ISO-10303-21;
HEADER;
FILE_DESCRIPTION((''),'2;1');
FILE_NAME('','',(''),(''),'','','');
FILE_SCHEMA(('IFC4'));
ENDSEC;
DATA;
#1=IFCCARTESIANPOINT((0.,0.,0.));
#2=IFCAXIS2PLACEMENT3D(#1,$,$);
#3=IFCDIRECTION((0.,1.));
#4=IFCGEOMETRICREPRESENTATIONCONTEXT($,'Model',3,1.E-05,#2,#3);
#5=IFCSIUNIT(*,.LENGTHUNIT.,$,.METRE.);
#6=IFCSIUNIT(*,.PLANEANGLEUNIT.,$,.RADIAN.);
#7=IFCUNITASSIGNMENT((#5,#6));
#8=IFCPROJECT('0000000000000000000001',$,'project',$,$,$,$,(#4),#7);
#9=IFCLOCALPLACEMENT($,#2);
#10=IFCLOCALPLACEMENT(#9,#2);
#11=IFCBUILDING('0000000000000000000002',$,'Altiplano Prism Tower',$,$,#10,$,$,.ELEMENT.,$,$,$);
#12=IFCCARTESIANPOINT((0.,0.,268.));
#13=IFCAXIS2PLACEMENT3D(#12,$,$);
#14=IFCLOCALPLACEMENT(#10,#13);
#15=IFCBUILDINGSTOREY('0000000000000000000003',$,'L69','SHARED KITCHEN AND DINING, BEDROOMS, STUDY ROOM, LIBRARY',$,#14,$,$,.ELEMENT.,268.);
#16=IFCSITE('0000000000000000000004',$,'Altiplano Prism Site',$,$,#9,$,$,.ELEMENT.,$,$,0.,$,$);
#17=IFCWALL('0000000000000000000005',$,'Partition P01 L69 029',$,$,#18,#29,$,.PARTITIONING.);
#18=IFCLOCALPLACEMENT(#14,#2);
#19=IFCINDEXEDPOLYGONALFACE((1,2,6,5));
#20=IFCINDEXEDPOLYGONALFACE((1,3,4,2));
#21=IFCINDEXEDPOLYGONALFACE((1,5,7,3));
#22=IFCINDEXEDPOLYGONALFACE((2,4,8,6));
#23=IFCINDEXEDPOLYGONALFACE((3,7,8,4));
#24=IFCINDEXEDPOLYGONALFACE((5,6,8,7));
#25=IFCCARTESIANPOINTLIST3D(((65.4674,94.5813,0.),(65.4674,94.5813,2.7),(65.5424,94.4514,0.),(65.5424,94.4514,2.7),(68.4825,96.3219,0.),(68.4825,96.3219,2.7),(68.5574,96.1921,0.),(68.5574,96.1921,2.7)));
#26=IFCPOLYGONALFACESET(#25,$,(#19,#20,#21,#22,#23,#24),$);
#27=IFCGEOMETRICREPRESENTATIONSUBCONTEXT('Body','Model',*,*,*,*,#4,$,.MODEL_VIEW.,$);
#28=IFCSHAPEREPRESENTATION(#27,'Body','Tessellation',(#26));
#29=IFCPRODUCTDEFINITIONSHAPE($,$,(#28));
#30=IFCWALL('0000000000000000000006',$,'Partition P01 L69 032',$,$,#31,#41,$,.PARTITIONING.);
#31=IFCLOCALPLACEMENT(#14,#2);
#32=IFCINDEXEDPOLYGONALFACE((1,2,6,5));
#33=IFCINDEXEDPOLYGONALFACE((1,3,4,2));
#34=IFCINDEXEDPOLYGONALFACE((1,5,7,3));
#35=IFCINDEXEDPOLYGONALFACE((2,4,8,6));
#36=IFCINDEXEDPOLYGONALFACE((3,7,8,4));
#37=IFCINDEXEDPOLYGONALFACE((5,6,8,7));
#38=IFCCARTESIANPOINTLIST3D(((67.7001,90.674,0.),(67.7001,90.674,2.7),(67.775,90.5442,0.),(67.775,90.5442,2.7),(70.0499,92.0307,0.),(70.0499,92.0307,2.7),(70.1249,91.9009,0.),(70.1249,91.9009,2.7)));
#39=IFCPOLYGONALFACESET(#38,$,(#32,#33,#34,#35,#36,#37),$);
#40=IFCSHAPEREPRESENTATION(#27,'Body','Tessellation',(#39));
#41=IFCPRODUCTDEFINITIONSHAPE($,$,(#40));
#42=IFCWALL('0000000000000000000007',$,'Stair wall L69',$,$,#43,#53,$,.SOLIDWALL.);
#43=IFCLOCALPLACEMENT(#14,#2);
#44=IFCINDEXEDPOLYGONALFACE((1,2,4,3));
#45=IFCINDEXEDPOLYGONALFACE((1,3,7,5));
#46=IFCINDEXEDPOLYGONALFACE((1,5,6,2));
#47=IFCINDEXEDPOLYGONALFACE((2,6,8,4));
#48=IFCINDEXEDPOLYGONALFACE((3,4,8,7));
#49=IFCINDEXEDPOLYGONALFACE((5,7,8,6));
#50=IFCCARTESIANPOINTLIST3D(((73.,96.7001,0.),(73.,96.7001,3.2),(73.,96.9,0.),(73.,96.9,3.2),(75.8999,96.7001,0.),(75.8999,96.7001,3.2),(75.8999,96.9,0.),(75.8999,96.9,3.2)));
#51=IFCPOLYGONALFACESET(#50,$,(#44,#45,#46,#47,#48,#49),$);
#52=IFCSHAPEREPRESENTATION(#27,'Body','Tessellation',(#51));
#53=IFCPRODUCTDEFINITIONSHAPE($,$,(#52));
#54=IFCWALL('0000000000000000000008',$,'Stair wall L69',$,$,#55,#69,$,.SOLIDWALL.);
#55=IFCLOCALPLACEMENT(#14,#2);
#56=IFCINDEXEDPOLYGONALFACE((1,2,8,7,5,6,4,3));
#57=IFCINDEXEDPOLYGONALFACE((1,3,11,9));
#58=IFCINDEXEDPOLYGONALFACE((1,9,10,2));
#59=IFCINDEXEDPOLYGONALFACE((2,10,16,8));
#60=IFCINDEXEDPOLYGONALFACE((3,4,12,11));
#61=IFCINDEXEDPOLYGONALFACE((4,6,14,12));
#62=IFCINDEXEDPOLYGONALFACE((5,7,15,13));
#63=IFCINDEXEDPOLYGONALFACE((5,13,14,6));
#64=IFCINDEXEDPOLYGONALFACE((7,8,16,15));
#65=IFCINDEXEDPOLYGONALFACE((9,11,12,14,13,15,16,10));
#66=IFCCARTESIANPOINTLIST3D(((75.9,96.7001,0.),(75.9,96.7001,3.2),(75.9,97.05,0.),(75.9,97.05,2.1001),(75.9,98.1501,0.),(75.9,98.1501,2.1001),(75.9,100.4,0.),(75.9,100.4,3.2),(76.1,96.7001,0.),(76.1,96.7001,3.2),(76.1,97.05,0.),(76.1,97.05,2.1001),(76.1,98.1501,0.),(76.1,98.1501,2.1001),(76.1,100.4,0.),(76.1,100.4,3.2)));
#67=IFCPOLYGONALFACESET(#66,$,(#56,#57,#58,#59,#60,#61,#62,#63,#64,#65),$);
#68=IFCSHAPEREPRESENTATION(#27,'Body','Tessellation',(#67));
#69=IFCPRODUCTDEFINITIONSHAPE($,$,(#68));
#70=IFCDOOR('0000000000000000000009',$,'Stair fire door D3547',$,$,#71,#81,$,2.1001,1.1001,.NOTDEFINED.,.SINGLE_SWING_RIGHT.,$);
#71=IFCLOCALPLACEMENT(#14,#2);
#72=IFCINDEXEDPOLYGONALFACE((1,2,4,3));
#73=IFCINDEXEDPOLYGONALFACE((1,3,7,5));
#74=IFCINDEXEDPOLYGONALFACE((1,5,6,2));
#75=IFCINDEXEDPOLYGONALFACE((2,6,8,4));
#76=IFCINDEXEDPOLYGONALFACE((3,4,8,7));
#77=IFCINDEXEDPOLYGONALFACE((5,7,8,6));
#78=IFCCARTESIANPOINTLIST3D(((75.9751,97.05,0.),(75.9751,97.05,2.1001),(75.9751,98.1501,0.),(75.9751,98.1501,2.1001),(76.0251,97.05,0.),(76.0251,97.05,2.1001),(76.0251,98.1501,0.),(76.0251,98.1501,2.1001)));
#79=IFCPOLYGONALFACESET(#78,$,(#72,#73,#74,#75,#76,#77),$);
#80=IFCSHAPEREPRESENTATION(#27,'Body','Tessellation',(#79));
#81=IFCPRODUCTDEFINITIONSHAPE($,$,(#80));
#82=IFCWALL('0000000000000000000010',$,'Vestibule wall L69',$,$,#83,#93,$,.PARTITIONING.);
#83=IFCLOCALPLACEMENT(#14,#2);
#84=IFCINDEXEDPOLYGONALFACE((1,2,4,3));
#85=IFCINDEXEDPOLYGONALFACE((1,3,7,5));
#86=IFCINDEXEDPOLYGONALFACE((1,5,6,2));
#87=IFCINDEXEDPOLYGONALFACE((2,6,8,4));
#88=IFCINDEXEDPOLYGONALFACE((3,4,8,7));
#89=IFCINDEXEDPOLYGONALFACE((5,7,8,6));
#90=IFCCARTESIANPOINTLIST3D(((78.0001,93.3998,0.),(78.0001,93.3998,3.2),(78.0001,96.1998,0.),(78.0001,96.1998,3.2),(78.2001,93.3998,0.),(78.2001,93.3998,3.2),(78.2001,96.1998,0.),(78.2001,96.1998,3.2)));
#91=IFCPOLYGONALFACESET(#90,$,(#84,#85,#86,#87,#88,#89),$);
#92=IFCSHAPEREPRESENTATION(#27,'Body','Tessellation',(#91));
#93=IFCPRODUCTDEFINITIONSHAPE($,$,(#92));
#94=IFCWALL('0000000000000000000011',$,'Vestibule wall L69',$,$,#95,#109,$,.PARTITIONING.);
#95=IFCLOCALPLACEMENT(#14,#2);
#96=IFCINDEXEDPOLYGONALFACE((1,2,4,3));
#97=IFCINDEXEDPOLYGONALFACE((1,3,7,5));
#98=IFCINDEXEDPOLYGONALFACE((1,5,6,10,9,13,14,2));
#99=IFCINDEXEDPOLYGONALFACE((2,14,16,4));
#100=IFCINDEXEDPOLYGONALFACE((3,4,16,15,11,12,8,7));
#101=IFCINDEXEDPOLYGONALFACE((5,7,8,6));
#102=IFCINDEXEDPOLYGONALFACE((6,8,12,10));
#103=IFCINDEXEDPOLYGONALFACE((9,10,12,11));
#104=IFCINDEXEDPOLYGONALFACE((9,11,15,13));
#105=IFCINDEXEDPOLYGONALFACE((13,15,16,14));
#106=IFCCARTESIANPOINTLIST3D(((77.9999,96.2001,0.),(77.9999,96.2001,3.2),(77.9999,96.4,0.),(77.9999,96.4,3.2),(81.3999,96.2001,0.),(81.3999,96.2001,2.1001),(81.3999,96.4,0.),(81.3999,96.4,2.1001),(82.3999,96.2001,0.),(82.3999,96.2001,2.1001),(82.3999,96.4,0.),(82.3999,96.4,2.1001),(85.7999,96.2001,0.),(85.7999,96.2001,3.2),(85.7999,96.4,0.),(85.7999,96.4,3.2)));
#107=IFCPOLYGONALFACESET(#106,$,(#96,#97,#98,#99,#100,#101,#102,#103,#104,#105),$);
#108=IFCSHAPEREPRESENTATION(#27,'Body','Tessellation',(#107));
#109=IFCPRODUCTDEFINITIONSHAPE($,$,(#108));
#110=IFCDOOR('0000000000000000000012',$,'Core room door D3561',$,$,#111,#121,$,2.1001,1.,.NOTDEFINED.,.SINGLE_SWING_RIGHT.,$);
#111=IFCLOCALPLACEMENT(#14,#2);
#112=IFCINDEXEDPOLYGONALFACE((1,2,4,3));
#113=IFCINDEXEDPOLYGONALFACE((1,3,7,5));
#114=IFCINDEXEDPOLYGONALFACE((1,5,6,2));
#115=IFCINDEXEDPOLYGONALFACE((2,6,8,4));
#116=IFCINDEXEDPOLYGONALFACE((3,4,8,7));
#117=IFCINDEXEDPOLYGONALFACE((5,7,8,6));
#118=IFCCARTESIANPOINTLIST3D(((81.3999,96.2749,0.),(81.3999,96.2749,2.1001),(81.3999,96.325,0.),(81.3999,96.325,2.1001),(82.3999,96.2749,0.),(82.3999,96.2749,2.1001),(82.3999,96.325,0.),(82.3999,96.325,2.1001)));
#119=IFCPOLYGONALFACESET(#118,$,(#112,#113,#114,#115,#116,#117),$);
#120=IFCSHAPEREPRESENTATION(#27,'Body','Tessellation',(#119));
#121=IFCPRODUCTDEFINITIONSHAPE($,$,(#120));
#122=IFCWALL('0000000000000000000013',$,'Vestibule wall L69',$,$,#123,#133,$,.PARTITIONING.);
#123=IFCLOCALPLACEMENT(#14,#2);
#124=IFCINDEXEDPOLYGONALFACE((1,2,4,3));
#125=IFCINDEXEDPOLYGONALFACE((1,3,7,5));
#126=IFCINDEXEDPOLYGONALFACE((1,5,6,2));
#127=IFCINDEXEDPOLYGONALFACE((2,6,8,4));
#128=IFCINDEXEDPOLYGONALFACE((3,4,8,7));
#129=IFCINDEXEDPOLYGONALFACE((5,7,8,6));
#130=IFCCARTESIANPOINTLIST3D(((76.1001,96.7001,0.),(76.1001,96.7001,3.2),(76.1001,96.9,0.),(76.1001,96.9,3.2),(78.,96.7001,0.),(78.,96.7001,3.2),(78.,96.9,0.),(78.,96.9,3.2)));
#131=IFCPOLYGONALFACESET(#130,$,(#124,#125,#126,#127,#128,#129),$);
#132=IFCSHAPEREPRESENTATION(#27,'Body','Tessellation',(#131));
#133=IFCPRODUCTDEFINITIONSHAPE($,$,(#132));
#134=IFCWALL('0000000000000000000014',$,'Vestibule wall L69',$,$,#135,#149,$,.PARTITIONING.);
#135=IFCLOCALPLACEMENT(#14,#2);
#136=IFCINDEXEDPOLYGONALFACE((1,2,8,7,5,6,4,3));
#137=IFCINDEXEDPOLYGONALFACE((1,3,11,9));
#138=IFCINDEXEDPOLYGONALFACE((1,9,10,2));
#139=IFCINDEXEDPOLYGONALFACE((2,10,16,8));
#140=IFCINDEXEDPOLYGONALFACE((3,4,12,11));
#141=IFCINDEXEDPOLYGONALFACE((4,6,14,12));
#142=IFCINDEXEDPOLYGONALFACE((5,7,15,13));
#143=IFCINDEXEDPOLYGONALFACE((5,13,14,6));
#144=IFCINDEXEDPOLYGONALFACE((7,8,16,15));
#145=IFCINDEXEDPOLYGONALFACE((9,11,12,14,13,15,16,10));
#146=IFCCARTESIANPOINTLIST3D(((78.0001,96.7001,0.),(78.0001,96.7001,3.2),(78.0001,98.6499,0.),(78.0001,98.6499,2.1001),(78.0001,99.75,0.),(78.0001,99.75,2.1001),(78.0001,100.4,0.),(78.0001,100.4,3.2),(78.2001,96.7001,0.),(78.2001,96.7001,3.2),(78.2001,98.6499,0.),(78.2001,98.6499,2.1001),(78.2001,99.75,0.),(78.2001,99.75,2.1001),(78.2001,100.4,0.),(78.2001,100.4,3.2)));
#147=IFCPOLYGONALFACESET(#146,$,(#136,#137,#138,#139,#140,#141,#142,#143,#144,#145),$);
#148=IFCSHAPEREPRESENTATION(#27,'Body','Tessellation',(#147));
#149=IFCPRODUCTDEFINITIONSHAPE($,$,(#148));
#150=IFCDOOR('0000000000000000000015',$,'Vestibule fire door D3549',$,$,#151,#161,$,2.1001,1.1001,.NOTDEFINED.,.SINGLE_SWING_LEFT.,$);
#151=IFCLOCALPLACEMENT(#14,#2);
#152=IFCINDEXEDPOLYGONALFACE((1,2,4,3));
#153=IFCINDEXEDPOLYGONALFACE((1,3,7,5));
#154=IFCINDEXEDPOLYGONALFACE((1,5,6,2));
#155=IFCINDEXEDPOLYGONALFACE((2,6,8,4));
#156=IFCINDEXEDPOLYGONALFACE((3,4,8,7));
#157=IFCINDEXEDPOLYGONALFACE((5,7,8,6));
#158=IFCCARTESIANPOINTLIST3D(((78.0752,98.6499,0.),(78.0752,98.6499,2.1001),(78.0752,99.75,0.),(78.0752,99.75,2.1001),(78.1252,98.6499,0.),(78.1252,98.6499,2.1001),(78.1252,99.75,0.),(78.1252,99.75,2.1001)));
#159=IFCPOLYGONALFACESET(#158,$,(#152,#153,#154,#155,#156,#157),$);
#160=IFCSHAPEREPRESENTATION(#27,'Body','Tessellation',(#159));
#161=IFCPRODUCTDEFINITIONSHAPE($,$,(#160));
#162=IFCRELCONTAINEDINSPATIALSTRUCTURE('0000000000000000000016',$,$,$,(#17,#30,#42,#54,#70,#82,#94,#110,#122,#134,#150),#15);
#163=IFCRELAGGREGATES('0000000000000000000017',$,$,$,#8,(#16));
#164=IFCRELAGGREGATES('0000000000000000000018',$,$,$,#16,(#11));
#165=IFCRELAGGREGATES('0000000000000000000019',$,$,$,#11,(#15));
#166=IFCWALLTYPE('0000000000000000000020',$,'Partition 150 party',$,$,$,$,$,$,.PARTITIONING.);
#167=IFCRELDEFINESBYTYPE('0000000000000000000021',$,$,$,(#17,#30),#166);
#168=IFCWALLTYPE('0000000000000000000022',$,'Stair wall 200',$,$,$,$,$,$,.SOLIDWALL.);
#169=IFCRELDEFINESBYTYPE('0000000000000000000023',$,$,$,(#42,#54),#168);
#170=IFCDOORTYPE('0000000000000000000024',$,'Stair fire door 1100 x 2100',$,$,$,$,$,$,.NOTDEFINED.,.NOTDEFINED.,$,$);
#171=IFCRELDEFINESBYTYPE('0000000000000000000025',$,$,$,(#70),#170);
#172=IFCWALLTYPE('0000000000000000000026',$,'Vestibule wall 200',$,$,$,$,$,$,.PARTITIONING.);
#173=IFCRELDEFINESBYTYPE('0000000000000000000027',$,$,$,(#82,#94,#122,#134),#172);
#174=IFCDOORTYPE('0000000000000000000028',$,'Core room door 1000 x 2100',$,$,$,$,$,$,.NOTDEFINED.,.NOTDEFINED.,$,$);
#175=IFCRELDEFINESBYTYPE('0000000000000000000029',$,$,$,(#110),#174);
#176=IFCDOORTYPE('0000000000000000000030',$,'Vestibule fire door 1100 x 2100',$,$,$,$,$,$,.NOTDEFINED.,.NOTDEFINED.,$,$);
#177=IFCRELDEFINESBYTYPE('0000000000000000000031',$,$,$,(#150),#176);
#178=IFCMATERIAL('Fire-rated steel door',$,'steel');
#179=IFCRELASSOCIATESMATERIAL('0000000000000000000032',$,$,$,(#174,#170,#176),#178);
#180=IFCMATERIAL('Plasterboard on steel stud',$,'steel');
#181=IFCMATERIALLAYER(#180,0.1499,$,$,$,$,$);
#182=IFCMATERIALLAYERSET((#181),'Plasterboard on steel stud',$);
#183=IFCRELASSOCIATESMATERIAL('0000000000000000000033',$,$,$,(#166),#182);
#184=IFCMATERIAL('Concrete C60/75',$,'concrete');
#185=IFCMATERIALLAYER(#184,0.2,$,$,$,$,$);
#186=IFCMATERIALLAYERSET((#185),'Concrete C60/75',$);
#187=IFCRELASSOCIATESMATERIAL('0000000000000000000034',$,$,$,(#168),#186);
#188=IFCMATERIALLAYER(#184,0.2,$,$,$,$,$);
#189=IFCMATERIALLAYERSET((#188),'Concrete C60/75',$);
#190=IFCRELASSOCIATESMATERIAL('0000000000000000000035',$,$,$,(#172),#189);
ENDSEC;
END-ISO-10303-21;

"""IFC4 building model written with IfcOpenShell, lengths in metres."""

from ifc_helpers import new_model, si_unit, direction, frame, frame_2d, origin, place, context, subcontext, project, spatial, rectangle, extrude, material, layer, layer_set, type_object, element, fill, save


model = new_model("IFC4")

# Units and contexts
model_context = context("Model", 3, precision=1e-05, world=origin(), true_north=direction((0.0, 1.0)))
body_context = subcontext(model_context, "Body", "Model", "MODEL_VIEW")
ifc_project = project(units=[si_unit("LENGTHUNIT", "METRE"), si_unit("PLANEANGLEUNIT", "RADIAN")], contexts=[model_context])

# Site, building, storey
site_placement = place(None, origin())
site = spatial("IfcSite", under=ifc_project, at=site_placement, Name="Altiplano Prism Site", CompositionType="ELEMENT", RefElevation=0.0)
building_placement = place(site_placement, origin())
building = spatial("IfcBuilding", under=site, at=building_placement, Name="Altiplano Prism Tower", CompositionType="ELEMENT")
storey_placement = place(building_placement, frame((0.0, 0.0, 268.0)))
storey = spatial("IfcBuildingStorey", under=building, at=storey_placement, Name="L69", Description="SHARED KITCHEN AND DINING, BEDROOMS, STUDY ROOM, LIBRARY", CompositionType="ELEMENT", Elevation=268.0)

# Shared definitions
ifc_material_1 = material(Name="Concrete C60/75", Category="concrete")

# Shared definitions
ifc_material_2 = material(Name="Fire-rated steel door", Category="steel")
door_type_1 = type_object("IfcDoorType", Name="Core room door 1000 x 2100", OperationType="NOTDEFINED", PredefinedType="NOTDEFINED", material=ifc_material_2)

# Walls
ifc_material_3 = material(Name="Plasterboard on steel stud", Category="steel")
ifc_layer_1 = layer(ifc_material_3, 0.1499)
ifc_layer_set_1 = layer_set([ifc_layer_1], Name="Plasterboard on steel stud")
wall_type_1 = type_object("IfcWallType", Name="Partition 150 party", PredefinedType="PARTITIONING", material=ifc_layer_set_1)
wall_1_placement = place(storey_placement, frame((65.5049, 94.5164, 0.0), z_axis=(0.0, 0.0, 1.0), x_axis=(0.866034, 0.499985, 0.0)))
element("IfcWall", 1, at=wall_1_placement, inside=storey, type_object=wall_type_1, Name="Partition P01 L69 029", PredefinedType="PARTITIONING", context=body_context, shape_type="SweptSolid", body=[
    extrude(rectangle(XDim=3.4814, YDim=0.1499, at=frame_2d((1.7407, 0.0))), origin(), (0.0, 0.0, 1.0), 2.7),
])
wall_2_placement = place(storey_placement, frame((67.7375, 90.6091, 0.0), z_axis=(0.0, 0.0, 1.0), x_axis=(0.866025, 0.5, 0.0)))
element("IfcWall", 2, at=wall_2_placement, inside=storey, type_object=wall_type_1, Name="Partition P01 L69 032", PredefinedType="PARTITIONING", context=body_context, shape_type="SweptSolid", body=[
    extrude(rectangle(XDim=2.7134, YDim=0.1499, at=frame_2d((1.3567, 0.0))), origin(), (0.0, 0.0, 1.0), 2.7),
])
ifc_layer_2 = layer(ifc_material_1, 0.2)
ifc_layer_set_2 = layer_set([ifc_layer_2], Name="Concrete C60/75")
wall_type_2 = type_object("IfcWallType", Name="Stair wall 200", PredefinedType="SOLIDWALL", material=ifc_layer_set_2)
wall_3_placement = place(storey_placement, frame((73.0, 96.8, 0.0), z_axis=(0.0, 0.0, 1.0), x_axis=(1.0, 0.0, 0.0)))
element("IfcWall", 3, at=wall_3_placement, inside=storey, type_object=wall_type_2, Name="Stair wall L69", PredefinedType="SOLIDWALL", context=body_context, shape_type="SweptSolid", body=[
    extrude(rectangle(XDim=2.8999, YDim=0.2, at=frame_2d((1.45, 0.0))), origin(), (0.0, 0.0, 1.0), 3.2),
])

# Wall, opening, door
wall_4_placement = place(storey_placement, frame((76.0, 96.7, 0.0), z_axis=(0.0, 0.0, 1.0), x_axis=(0.0, 1.0, 0.0)))
wall_4 = element("IfcWall", 4, at=wall_4_placement, inside=storey, type_object=wall_type_2, Name="Stair wall L69", PredefinedType="SOLIDWALL", context=body_context, shape_type="SweptSolid", body=[
    extrude(rectangle(XDim=3.7, YDim=0.2, at=frame_2d((1.8501, 0.0))), origin(), (0.0, 0.0, 1.0), 3.2),
])
opening_1_placement = place(wall_4_placement, frame((0.3501, 0.0, 0.0)))
opening_1 = element("IfcOpeningElement", 5, at=opening_1_placement, cuts=wall_4, PredefinedType="OPENING", context=body_context, shape_type="SweptSolid", body=[
    extrude(rectangle(XDim=1.1001, YDim=2.1001, at=frame_2d((0.55, 1.05))), frame((0.0, 0.1104, 0.0), z_axis=(0.0, -1.0, 0.0), x_axis=(1.0, 0.0, 0.0)), (0.0, 0.0, 1.0), 0.2209),
])
door_type_2 = type_object("IfcDoorType", Name="Stair fire door 1100 x 2100", OperationType="NOTDEFINED", PredefinedType="NOTDEFINED", material=ifc_material_2)
door_1_placement = place(opening_1_placement, origin())
door_1 = element("IfcDoor", 6, at=door_1_placement, inside=storey, type_object=door_type_2, Name="Stair fire door D3547", OperationType="SINGLE_SWING_RIGHT", OverallHeight=2.1001, OverallWidth=1.1001, PredefinedType="NOTDEFINED", context=body_context, shape_type="SweptSolid", body=[
    extrude(rectangle(XDim=1.1001, YDim=2.1001, at=frame_2d((0.55, 1.05))), frame((0.0, 0.0249, 0.0), z_axis=(0.0, -1.0, 0.0), x_axis=(1.0, 0.0, 0.0)), (0.0, 0.0, 1.0), 0.05),
])
fill(opening_1, door_1)

# Wall
ifc_layer_3 = layer(ifc_material_1, 0.2)
ifc_layer_set_3 = layer_set([ifc_layer_3], Name="Concrete C60/75")
wall_type_3 = type_object("IfcWallType", Name="Vestibule wall 200", PredefinedType="PARTITIONING", material=ifc_layer_set_3)
wall_5_placement = place(storey_placement, frame((78.1001, 93.3999, 0.0), z_axis=(0.0, 0.0, 1.0), x_axis=(0.0, 1.0, 0.0)))
element("IfcWall", 7, at=wall_5_placement, inside=storey, type_object=wall_type_3, Name="Vestibule wall L69", PredefinedType="PARTITIONING", context=body_context, shape_type="SweptSolid", body=[
    extrude(rectangle(XDim=2.8, YDim=0.2, at=frame_2d((1.3999, 0.0))), origin(), (0.0, 0.0, 1.0), 3.2),
])

# Wall, opening, door
wall_6_placement = place(storey_placement, frame((78.0, 96.3, 0.0), z_axis=(0.0, 0.0, 1.0), x_axis=(1.0, 0.0, 0.0)))
wall_6 = element("IfcWall", 8, at=wall_6_placement, inside=storey, type_object=wall_type_3, Name="Vestibule wall L69", PredefinedType="PARTITIONING", context=body_context, shape_type="SweptSolid", body=[
    extrude(rectangle(XDim=7.8, YDim=0.2, at=frame_2d((3.8999, 0.0))), origin(), (0.0, 0.0, 1.0), 3.2),
])
opening_2_placement = place(wall_6_placement, frame((3.3999, 0.0, 0.0)))
opening_2 = element("IfcOpeningElement", 9, at=opening_2_placement, cuts=wall_6, PredefinedType="OPENING", context=body_context, shape_type="SweptSolid", body=[
    extrude(rectangle(XDim=1.0, YDim=2.1001, at=frame_2d((0.5, 1.05))), frame((0.0, 0.1104, 0.0), z_axis=(0.0, -1.0, 0.0), x_axis=(1.0, 0.0, 0.0)), (0.0, 0.0, 1.0), 0.2209),
])
door_2_placement = place(opening_2_placement, origin())
door_2 = element("IfcDoor", 10, at=door_2_placement, inside=storey, type_object=door_type_1, Name="Core room door D3561", OperationType="SINGLE_SWING_RIGHT", OverallHeight=2.1001, OverallWidth=1.0, PredefinedType="NOTDEFINED", context=body_context, shape_type="SweptSolid", body=[
    extrude(rectangle(XDim=1.0, YDim=2.1001, at=frame_2d((0.5, 1.05))), frame((0.0, 0.0249, 0.0), z_axis=(0.0, -1.0, 0.0), x_axis=(1.0, 0.0, 0.0)), (0.0, 0.0, 1.0), 0.05),
])
fill(opening_2, door_2)

# Wall
wall_7_placement = place(storey_placement, frame((76.1001, 96.8, 0.0), z_axis=(0.0, 0.0, 1.0), x_axis=(1.0, 0.0, 0.0)))
element("IfcWall", 11, at=wall_7_placement, inside=storey, type_object=wall_type_3, Name="Vestibule wall L69", PredefinedType="PARTITIONING", context=body_context, shape_type="SweptSolid", body=[
    extrude(rectangle(XDim=1.8999, YDim=0.2, at=frame_2d((0.95, 0.0))), origin(), (0.0, 0.0, 1.0), 3.2),
])

# Wall, opening, door
wall_8_placement = place(storey_placement, frame((78.1001, 96.7, 0.0), z_axis=(0.0, 0.0, 1.0), x_axis=(0.0, 1.0, 0.0)))
wall_8 = element("IfcWall", 12, at=wall_8_placement, inside=storey, type_object=wall_type_3, Name="Vestibule wall L69", PredefinedType="PARTITIONING", context=body_context, shape_type="SweptSolid", body=[
    extrude(rectangle(XDim=3.7, YDim=0.2, at=frame_2d((1.8501, 0.0))), origin(), (0.0, 0.0, 1.0), 3.2),
])
opening_3_placement = place(wall_8_placement, frame((1.95, 0.0, 0.0)))
opening_3 = element("IfcOpeningElement", 13, at=opening_3_placement, cuts=wall_8, PredefinedType="OPENING", context=body_context, shape_type="SweptSolid", body=[
    extrude(rectangle(XDim=1.1001, YDim=2.1001, at=frame_2d((0.55, 1.05))), frame((0.0, 0.1104, 0.0), z_axis=(0.0, -1.0, 0.0), x_axis=(1.0, 0.0, 0.0)), (0.0, 0.0, 1.0), 0.2209),
])
door_type_3 = type_object("IfcDoorType", Name="Vestibule fire door 1100 x 2100", OperationType="NOTDEFINED", PredefinedType="NOTDEFINED", material=ifc_material_2)
door_3_placement = place(opening_3_placement, origin())
door_3 = element("IfcDoor", 14, at=door_3_placement, inside=storey, type_object=door_type_3, Name="Vestibule fire door D3549", OperationType="SINGLE_SWING_LEFT", OverallHeight=2.1001, OverallWidth=1.1001, PredefinedType="NOTDEFINED", context=body_context, shape_type="SweptSolid", body=[
    extrude(rectangle(XDim=1.1001, YDim=2.1001, at=frame_2d((0.55, 1.05))), frame((0.0, 0.0249, 0.0), z_axis=(0.0, -1.0, 0.0), x_axis=(1.0, 0.0, 0.0)), (0.0, 0.0, 1.0), 0.05),
])
fill(opening_3, door_3)

save(model, "model.ifc")
